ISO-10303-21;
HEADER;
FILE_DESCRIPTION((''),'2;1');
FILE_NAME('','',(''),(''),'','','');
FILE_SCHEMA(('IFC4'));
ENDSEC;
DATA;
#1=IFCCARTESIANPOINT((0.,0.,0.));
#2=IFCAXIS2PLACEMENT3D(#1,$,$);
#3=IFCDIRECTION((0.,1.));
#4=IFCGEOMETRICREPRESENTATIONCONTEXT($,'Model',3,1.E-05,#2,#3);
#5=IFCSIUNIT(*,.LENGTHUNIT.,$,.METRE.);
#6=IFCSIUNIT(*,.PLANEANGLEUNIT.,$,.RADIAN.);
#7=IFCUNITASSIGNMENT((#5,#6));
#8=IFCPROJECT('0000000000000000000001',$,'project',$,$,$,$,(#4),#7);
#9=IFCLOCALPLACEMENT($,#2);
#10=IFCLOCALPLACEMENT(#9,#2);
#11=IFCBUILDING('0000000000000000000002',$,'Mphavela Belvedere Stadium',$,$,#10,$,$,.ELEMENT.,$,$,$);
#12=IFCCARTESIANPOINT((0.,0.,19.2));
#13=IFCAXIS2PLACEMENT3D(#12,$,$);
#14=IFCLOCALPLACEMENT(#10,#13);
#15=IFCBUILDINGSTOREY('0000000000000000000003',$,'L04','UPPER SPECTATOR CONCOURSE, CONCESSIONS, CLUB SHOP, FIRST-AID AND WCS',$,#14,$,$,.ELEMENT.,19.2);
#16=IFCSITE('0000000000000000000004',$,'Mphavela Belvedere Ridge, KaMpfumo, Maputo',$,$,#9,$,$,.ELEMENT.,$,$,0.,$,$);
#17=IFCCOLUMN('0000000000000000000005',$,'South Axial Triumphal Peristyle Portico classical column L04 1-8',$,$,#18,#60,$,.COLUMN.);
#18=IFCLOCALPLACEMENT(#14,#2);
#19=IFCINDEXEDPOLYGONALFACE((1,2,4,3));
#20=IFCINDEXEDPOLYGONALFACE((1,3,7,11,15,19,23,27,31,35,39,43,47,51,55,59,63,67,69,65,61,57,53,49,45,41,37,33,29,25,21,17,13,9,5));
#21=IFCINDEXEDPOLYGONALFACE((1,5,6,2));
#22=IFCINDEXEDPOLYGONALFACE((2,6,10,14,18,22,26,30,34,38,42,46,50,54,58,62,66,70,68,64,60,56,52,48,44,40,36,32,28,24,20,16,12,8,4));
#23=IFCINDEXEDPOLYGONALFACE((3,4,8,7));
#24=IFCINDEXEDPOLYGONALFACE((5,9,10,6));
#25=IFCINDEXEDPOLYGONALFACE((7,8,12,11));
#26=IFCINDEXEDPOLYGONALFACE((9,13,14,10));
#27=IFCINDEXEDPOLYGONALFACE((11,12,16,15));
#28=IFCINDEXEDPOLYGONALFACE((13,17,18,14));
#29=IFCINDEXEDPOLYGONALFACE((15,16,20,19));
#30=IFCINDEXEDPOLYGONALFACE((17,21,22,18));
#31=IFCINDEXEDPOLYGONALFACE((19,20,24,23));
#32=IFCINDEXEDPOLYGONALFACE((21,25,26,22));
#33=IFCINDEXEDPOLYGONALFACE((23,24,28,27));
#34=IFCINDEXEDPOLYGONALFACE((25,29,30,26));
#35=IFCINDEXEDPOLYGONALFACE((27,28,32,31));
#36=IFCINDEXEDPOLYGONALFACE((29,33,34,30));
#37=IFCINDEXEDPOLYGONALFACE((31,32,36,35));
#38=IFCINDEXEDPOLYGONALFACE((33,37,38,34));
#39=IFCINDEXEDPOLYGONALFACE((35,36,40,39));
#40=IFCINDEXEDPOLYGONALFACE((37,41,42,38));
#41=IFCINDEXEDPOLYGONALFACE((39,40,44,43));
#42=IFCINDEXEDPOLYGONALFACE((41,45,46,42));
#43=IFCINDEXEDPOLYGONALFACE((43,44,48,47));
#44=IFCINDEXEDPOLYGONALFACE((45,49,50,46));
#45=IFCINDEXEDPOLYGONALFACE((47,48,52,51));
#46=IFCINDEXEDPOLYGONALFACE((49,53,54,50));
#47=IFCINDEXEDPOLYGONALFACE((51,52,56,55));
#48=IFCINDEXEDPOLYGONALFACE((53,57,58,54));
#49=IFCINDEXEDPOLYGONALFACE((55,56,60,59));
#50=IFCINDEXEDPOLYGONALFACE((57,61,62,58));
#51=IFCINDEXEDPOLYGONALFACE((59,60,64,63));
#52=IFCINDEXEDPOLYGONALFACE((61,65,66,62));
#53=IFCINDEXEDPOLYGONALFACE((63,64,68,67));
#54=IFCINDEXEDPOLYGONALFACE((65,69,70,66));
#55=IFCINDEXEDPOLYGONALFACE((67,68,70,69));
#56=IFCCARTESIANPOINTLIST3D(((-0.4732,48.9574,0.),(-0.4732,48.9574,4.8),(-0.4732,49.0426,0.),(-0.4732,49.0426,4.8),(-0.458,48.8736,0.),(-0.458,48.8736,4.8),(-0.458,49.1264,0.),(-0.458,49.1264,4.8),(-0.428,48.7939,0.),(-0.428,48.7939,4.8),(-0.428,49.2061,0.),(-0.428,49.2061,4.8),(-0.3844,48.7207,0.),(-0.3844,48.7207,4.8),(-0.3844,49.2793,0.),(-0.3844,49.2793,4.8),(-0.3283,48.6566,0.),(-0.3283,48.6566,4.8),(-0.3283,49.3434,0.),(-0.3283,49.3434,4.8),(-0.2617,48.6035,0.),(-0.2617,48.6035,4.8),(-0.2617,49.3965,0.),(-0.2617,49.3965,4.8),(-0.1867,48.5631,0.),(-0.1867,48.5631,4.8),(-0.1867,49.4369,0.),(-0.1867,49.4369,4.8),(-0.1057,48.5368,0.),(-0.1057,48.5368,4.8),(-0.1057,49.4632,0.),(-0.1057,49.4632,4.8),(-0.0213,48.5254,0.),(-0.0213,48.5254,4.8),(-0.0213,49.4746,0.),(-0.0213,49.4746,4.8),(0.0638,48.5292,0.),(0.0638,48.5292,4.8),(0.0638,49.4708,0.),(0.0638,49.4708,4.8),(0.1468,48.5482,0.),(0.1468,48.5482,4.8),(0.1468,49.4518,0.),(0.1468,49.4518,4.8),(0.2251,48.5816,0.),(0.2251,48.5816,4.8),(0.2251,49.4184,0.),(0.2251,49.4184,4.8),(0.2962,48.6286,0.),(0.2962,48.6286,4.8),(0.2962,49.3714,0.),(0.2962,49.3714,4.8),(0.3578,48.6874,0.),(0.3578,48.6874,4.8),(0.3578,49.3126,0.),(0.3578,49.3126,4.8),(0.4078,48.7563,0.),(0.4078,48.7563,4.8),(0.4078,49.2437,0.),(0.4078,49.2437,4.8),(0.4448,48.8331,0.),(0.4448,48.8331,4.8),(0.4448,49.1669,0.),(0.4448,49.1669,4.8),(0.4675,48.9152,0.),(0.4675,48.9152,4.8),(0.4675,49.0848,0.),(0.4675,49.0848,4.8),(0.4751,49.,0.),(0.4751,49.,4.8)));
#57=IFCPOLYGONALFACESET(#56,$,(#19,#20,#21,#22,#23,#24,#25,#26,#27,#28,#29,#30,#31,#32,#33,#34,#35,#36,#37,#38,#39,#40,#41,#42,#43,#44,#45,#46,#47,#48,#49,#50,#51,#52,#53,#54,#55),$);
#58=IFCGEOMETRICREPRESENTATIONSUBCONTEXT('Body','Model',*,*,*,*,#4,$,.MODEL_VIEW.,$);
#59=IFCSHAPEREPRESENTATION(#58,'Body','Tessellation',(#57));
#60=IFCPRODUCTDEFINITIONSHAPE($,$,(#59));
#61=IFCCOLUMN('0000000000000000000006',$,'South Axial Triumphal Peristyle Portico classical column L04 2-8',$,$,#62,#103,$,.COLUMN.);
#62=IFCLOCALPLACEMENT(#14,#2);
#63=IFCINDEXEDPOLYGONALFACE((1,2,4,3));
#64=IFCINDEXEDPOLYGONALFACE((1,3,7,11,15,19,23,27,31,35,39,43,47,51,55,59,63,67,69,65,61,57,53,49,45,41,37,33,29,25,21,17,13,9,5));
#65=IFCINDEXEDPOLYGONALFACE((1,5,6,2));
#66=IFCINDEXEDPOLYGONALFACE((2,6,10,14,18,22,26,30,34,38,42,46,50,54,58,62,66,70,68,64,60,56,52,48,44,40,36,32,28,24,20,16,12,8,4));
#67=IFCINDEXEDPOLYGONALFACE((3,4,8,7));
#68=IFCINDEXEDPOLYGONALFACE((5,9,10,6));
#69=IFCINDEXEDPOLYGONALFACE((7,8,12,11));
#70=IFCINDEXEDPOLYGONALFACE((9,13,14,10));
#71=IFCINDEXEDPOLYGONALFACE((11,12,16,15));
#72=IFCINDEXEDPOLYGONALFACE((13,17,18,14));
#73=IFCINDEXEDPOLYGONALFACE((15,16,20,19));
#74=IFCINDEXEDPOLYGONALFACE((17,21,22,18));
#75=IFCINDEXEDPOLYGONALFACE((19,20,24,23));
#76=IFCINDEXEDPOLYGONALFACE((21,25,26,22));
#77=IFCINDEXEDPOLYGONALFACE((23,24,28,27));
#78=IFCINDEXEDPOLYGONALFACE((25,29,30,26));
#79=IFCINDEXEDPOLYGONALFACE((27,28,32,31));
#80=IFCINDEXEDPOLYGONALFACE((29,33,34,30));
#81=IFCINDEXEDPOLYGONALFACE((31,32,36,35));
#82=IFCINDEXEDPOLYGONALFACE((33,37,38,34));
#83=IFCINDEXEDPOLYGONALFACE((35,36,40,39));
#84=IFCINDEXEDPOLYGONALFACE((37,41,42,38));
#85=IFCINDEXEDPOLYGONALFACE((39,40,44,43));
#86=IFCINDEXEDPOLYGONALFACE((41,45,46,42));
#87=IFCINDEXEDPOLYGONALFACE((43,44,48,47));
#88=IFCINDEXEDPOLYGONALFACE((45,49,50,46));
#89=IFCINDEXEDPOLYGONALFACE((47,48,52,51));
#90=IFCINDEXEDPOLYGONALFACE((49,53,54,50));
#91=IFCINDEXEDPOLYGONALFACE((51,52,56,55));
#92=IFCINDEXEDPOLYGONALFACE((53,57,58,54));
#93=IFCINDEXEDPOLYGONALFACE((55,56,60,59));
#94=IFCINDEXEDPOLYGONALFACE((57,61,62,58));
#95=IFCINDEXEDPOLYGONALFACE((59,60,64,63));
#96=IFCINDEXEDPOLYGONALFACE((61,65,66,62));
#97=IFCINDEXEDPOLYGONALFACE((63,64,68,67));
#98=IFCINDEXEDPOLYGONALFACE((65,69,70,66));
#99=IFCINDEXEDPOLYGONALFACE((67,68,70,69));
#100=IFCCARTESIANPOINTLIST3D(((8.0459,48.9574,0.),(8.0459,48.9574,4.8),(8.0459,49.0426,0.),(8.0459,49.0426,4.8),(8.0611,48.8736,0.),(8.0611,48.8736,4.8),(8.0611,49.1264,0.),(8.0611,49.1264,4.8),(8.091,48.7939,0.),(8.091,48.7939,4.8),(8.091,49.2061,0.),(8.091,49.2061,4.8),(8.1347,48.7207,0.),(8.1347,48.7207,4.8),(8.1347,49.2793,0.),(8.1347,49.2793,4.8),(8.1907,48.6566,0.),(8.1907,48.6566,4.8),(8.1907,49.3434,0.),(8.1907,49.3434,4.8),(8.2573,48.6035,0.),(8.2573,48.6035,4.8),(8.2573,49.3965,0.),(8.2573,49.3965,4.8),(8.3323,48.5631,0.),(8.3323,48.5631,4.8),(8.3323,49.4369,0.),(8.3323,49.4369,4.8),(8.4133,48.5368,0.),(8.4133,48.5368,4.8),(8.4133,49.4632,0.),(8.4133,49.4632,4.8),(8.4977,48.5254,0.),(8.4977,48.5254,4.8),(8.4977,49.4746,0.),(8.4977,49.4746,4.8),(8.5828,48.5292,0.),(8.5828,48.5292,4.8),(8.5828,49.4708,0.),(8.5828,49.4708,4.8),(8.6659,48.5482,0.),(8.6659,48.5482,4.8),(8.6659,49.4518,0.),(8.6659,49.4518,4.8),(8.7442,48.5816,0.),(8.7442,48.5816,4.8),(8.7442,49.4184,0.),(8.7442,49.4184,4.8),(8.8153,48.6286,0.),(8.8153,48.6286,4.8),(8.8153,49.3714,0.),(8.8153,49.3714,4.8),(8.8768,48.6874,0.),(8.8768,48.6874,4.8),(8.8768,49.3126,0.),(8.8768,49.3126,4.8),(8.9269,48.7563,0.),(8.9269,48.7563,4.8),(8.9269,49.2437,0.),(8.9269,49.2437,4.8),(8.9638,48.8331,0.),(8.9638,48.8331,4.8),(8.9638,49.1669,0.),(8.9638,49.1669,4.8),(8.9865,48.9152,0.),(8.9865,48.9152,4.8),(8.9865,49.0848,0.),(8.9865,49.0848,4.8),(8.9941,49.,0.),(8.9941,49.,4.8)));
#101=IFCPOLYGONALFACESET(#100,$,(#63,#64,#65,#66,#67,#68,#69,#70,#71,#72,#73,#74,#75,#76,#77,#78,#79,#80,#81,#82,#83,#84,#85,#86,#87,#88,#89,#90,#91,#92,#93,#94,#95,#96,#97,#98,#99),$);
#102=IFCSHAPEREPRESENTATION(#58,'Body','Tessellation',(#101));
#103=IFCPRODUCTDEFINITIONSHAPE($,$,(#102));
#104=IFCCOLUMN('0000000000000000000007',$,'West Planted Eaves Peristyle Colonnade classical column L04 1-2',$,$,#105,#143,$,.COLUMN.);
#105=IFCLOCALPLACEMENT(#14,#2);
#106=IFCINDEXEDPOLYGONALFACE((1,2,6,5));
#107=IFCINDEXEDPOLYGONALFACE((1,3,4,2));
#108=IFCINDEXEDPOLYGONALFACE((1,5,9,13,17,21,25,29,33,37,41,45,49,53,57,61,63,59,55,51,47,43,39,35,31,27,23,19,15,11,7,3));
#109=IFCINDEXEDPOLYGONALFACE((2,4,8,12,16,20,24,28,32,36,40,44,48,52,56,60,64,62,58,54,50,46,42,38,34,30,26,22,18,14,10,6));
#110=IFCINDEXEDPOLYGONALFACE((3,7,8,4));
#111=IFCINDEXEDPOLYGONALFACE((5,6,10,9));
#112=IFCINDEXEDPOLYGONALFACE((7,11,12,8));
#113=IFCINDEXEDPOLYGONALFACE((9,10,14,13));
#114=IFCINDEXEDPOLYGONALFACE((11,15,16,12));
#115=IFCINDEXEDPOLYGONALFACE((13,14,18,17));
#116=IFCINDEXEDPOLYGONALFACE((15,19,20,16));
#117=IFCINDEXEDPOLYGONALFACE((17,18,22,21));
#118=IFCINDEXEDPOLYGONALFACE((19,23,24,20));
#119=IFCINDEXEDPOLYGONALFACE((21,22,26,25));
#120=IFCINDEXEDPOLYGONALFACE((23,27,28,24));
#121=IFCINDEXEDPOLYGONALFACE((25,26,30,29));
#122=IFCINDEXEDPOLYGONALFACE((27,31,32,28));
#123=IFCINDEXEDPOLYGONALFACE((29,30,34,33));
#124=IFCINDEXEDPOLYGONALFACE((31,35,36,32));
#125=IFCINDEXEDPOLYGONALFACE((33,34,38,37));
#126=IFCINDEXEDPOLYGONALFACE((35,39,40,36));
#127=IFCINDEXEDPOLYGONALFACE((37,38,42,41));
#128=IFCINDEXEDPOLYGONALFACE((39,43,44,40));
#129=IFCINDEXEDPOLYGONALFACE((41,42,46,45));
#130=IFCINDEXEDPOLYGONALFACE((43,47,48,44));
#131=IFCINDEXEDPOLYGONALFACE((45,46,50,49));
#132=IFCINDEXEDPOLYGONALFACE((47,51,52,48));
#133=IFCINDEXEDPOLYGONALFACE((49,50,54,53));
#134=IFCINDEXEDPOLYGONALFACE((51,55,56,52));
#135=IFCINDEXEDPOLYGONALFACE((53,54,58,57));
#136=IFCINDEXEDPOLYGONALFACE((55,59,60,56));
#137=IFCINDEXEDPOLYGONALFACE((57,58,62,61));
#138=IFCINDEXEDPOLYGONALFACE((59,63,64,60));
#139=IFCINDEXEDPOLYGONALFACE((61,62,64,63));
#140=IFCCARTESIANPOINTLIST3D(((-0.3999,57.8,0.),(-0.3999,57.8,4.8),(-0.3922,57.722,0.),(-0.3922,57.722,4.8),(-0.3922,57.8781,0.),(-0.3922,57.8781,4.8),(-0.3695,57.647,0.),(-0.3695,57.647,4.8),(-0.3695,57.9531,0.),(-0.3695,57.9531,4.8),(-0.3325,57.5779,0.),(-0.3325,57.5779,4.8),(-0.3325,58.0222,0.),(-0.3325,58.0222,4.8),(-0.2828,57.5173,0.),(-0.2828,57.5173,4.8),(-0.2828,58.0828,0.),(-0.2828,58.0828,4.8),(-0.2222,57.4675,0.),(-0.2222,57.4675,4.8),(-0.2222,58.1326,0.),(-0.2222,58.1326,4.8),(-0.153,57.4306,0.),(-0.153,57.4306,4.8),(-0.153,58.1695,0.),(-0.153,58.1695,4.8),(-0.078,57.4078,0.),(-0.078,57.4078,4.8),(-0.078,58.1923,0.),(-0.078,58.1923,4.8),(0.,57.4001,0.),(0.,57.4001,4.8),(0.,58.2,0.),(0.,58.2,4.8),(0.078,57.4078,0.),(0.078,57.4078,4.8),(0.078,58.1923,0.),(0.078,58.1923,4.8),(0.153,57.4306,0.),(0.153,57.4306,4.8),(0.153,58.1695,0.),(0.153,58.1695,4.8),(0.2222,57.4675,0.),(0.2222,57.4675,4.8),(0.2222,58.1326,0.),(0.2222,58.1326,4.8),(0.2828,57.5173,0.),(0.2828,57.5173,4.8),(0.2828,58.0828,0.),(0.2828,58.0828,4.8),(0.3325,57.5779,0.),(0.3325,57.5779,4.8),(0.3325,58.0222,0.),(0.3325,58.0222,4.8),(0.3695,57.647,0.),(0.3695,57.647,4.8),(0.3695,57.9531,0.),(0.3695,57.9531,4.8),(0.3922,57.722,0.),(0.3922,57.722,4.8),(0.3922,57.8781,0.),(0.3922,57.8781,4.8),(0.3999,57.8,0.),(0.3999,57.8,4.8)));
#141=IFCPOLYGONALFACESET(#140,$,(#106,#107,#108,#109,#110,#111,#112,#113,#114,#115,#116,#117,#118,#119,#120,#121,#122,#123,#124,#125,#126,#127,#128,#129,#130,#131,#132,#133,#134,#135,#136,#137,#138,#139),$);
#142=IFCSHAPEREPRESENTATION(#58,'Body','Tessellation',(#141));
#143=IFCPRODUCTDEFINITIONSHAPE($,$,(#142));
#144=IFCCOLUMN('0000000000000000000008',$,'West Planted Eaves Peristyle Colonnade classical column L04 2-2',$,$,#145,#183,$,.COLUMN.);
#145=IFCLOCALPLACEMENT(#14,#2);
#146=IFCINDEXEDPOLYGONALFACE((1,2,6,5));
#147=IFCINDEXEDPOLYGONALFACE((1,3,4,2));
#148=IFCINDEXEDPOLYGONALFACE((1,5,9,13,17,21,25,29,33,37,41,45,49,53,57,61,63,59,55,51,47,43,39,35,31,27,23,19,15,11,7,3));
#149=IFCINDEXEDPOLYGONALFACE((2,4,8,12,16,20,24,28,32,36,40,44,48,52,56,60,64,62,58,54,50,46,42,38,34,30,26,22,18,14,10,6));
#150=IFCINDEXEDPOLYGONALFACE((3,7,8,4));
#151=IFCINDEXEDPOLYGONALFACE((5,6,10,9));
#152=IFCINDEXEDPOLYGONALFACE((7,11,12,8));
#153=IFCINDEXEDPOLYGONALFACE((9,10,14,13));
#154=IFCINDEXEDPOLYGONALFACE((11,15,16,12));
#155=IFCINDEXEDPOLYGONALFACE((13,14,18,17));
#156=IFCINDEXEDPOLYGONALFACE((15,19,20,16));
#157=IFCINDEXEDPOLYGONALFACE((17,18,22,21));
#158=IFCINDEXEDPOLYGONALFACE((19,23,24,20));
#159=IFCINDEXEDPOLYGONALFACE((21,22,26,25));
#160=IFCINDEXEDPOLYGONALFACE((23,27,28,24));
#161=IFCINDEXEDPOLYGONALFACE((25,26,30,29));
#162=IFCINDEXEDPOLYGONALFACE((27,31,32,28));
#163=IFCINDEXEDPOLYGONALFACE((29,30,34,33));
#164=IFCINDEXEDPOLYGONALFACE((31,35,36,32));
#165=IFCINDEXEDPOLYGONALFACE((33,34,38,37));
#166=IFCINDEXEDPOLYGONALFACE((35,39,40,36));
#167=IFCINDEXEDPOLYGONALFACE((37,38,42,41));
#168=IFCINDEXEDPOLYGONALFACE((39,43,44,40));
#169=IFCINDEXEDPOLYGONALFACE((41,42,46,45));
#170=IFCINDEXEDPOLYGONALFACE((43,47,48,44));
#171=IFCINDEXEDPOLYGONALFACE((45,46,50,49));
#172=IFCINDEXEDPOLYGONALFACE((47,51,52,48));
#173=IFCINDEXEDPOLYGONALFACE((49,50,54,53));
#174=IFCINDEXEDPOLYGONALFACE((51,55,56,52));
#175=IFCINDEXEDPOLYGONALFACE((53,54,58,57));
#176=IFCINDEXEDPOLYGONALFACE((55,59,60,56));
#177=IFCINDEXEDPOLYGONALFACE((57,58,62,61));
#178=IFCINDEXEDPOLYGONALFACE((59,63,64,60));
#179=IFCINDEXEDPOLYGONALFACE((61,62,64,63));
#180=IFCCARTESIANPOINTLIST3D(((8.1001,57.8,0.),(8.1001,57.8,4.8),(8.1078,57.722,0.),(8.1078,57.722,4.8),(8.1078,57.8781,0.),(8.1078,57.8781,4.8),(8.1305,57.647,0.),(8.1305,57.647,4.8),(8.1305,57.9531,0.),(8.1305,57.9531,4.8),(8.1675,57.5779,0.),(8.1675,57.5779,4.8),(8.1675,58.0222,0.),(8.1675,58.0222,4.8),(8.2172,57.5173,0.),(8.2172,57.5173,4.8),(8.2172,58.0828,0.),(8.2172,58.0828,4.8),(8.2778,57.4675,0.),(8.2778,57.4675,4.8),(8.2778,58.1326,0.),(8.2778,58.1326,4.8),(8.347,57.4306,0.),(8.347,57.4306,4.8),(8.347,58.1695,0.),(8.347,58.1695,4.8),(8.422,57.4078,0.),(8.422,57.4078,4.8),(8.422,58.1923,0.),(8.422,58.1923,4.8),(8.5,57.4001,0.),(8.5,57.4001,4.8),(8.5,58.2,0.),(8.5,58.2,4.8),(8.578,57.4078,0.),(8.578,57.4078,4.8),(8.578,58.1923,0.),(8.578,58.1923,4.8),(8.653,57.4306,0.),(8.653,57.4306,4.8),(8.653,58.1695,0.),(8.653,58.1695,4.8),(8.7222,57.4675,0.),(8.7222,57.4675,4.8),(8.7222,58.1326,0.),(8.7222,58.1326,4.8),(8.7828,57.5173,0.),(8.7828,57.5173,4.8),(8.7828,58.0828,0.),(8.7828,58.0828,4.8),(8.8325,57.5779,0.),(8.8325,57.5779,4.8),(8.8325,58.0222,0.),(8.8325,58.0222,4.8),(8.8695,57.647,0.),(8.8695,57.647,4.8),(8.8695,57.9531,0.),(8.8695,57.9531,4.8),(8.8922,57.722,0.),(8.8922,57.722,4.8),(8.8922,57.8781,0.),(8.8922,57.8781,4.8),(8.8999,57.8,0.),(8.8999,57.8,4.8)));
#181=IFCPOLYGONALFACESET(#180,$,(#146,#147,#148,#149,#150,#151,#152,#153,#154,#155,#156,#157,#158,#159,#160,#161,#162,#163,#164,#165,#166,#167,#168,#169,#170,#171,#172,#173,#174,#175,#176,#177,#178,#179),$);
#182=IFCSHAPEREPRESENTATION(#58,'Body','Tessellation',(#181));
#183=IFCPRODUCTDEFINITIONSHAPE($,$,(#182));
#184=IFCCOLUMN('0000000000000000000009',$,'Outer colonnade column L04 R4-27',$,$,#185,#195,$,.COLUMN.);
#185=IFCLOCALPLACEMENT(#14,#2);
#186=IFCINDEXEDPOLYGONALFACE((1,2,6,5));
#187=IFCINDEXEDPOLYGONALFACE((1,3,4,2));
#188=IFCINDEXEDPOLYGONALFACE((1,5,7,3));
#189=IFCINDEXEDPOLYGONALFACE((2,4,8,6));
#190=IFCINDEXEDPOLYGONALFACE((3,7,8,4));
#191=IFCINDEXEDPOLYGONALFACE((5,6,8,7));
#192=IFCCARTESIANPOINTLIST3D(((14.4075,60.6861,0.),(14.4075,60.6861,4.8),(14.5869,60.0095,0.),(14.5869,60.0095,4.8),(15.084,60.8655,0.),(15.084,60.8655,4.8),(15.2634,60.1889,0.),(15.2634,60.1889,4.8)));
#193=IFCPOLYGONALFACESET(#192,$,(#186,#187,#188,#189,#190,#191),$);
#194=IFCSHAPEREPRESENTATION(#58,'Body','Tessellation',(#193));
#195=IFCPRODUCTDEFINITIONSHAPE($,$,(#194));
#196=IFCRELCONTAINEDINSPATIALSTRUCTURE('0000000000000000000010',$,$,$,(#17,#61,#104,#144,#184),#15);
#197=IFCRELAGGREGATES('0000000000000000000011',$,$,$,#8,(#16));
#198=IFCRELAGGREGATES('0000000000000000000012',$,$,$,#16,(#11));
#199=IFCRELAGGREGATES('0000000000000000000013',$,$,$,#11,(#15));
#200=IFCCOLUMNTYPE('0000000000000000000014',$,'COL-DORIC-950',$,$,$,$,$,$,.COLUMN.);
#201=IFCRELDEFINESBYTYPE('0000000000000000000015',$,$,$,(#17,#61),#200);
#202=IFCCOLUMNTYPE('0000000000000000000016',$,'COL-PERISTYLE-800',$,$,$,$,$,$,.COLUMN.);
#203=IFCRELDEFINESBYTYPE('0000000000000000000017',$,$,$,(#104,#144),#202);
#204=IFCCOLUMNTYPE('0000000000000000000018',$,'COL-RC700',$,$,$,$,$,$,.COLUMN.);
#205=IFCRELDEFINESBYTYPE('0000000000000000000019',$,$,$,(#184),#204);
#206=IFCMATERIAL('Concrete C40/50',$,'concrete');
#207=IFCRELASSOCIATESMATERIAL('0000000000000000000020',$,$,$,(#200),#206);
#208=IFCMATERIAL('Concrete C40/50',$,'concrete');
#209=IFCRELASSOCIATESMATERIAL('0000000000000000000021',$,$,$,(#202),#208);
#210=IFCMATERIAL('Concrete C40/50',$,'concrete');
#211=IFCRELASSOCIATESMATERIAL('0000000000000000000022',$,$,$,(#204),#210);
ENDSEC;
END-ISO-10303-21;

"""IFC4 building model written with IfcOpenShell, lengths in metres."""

from ifc_helpers import new_model, si_unit, direction, frame, origin, origin_2d, place, context, subcontext, project, spatial, rectangle, circle, extrude, material, material_profile, profile_set, type_object, element, save


model = new_model("IFC4")

# Units and contexts
model_context = context("Model", 3, precision=1e-05, world=origin(), true_north=direction((0.0, 1.0)))
body_context = subcontext(model_context, "Body", "Model", "MODEL_VIEW")
ifc_project = project(units=[si_unit("LENGTHUNIT", "METRE"), si_unit("PLANEANGLEUNIT", "RADIAN")], contexts=[model_context])

# Site, building, storey
site_placement = place(None, origin())
site = spatial("IfcSite", under=ifc_project, at=site_placement, Name="Mphavela Belvedere Ridge, KaMpfumo, Maputo", CompositionType="ELEMENT", RefElevation=0.0)
building_placement = place(site_placement, origin())
building = spatial("IfcBuilding", under=site, at=building_placement, Name="Mphavela Belvedere Stadium", CompositionType="ELEMENT")
storey_placement = place(building_placement, frame((0.0, 0.0, 19.2)))
storey = spatial("IfcBuildingStorey", under=building, at=storey_placement, Name="L04", Description="UPPER SPECTATOR CONCOURSE, CONCESSIONS, CLUB SHOP, FIRST-AID AND WCS", CompositionType="ELEMENT", Elevation=19.2)

# Columns
ifc_material_1 = material(Name="Concrete C40/50", Category="concrete")
ifc_material_profile_1 = material_profile(ifc_material_1, circle(Radius=0.4751, at=origin_2d()), Name="COL D950")
ifc_profile_set_1 = profile_set([ifc_material_profile_1], Name="Concrete C40/50")
column_type_1 = type_object("IfcColumnType", Name="COL-DORIC-950", PredefinedType="COLUMN", material=ifc_profile_set_1)
for number, where, z_axis, x_axis, name in (
    (1, (0.0, 49.0, 0.0), (0.0, 0.0, 1.0), (1.0, 0.0, 0.0), "South Axial Triumphal Peristyle Portico classical column L04 1-8"),
    (2, (8.519, 49.0, 0.0), (0.0, 0.0, 1.0), (1.0, 0.0, 0.0), "South Axial Triumphal Peristyle Portico classical column L04 2-8"),
):
    element("IfcColumn", number, at=place(storey_placement, frame(where, z_axis=z_axis, x_axis=x_axis)), inside=storey, type_object=column_type_1, Name=name, PredefinedType="COLUMN", context=body_context, shape_type="SweptSolid", body=[
        extrude(circle(Radius=0.4751, at=origin_2d()), origin(), (0.0, 0.0, 1.0), 4.8),
    ])
ifc_material_2 = material(Name="Concrete C40/50", Category="concrete")
ifc_material_profile_2 = material_profile(ifc_material_2, circle(Radius=0.3999, at=origin_2d()), Name="COL D800")
ifc_profile_set_2 = profile_set([ifc_material_profile_2], Name="Concrete C40/50")
column_type_2 = type_object("IfcColumnType", Name="COL-PERISTYLE-800", PredefinedType="COLUMN", material=ifc_profile_set_2)
for number, where, z_axis, x_axis, name in (
    (3, (0.0, 57.8, 0.0), (0.0, 0.0, 1.0), (1.0, 0.0, 0.0), "West Planted Eaves Peristyle Colonnade classical column L04 1-2"),
    (4, (8.5, 57.8, 0.0), (0.0, 0.0, 1.0), (1.0, 0.0, 0.0), "West Planted Eaves Peristyle Colonnade classical column L04 2-2"),
):
    element("IfcColumn", number, at=place(storey_placement, frame(where, z_axis=z_axis, x_axis=x_axis)), inside=storey, type_object=column_type_2, Name=name, PredefinedType="COLUMN", context=body_context, shape_type="SweptSolid", body=[
        extrude(circle(Radius=0.3999, at=origin_2d()), origin(), (0.0, 0.0, 1.0), 4.8),
    ])
ifc_material_3 = material(Name="Concrete C40/50", Category="concrete")
ifc_material_profile_3 = material_profile(ifc_material_3, rectangle(XDim=0.7, YDim=0.7, at=origin_2d()), Name="RC 700x700")
ifc_profile_set_3 = profile_set([ifc_material_profile_3], Name="Concrete C40/50")
column_type_3 = type_object("IfcColumnType", Name="COL-RC700", PredefinedType="COLUMN", material=ifc_profile_set_3)
column_placement = place(storey_placement, frame((14.8354, 60.4375, 0.0), z_axis=(0.0, 0.0, 1.0), x_axis=(-0.9666, -0.256289, 0.0)))
element("IfcColumn", 5, at=column_placement, inside=storey, type_object=column_type_3, Name="Outer colonnade column L04 R4-27", PredefinedType="COLUMN", context=body_context, shape_type="SweptSolid", body=[
    extrude(rectangle(XDim=0.7, YDim=0.7, at=origin_2d()), origin(), (0.0, 0.0, 1.0), 4.8),
])

save(model, "model.ifc")
